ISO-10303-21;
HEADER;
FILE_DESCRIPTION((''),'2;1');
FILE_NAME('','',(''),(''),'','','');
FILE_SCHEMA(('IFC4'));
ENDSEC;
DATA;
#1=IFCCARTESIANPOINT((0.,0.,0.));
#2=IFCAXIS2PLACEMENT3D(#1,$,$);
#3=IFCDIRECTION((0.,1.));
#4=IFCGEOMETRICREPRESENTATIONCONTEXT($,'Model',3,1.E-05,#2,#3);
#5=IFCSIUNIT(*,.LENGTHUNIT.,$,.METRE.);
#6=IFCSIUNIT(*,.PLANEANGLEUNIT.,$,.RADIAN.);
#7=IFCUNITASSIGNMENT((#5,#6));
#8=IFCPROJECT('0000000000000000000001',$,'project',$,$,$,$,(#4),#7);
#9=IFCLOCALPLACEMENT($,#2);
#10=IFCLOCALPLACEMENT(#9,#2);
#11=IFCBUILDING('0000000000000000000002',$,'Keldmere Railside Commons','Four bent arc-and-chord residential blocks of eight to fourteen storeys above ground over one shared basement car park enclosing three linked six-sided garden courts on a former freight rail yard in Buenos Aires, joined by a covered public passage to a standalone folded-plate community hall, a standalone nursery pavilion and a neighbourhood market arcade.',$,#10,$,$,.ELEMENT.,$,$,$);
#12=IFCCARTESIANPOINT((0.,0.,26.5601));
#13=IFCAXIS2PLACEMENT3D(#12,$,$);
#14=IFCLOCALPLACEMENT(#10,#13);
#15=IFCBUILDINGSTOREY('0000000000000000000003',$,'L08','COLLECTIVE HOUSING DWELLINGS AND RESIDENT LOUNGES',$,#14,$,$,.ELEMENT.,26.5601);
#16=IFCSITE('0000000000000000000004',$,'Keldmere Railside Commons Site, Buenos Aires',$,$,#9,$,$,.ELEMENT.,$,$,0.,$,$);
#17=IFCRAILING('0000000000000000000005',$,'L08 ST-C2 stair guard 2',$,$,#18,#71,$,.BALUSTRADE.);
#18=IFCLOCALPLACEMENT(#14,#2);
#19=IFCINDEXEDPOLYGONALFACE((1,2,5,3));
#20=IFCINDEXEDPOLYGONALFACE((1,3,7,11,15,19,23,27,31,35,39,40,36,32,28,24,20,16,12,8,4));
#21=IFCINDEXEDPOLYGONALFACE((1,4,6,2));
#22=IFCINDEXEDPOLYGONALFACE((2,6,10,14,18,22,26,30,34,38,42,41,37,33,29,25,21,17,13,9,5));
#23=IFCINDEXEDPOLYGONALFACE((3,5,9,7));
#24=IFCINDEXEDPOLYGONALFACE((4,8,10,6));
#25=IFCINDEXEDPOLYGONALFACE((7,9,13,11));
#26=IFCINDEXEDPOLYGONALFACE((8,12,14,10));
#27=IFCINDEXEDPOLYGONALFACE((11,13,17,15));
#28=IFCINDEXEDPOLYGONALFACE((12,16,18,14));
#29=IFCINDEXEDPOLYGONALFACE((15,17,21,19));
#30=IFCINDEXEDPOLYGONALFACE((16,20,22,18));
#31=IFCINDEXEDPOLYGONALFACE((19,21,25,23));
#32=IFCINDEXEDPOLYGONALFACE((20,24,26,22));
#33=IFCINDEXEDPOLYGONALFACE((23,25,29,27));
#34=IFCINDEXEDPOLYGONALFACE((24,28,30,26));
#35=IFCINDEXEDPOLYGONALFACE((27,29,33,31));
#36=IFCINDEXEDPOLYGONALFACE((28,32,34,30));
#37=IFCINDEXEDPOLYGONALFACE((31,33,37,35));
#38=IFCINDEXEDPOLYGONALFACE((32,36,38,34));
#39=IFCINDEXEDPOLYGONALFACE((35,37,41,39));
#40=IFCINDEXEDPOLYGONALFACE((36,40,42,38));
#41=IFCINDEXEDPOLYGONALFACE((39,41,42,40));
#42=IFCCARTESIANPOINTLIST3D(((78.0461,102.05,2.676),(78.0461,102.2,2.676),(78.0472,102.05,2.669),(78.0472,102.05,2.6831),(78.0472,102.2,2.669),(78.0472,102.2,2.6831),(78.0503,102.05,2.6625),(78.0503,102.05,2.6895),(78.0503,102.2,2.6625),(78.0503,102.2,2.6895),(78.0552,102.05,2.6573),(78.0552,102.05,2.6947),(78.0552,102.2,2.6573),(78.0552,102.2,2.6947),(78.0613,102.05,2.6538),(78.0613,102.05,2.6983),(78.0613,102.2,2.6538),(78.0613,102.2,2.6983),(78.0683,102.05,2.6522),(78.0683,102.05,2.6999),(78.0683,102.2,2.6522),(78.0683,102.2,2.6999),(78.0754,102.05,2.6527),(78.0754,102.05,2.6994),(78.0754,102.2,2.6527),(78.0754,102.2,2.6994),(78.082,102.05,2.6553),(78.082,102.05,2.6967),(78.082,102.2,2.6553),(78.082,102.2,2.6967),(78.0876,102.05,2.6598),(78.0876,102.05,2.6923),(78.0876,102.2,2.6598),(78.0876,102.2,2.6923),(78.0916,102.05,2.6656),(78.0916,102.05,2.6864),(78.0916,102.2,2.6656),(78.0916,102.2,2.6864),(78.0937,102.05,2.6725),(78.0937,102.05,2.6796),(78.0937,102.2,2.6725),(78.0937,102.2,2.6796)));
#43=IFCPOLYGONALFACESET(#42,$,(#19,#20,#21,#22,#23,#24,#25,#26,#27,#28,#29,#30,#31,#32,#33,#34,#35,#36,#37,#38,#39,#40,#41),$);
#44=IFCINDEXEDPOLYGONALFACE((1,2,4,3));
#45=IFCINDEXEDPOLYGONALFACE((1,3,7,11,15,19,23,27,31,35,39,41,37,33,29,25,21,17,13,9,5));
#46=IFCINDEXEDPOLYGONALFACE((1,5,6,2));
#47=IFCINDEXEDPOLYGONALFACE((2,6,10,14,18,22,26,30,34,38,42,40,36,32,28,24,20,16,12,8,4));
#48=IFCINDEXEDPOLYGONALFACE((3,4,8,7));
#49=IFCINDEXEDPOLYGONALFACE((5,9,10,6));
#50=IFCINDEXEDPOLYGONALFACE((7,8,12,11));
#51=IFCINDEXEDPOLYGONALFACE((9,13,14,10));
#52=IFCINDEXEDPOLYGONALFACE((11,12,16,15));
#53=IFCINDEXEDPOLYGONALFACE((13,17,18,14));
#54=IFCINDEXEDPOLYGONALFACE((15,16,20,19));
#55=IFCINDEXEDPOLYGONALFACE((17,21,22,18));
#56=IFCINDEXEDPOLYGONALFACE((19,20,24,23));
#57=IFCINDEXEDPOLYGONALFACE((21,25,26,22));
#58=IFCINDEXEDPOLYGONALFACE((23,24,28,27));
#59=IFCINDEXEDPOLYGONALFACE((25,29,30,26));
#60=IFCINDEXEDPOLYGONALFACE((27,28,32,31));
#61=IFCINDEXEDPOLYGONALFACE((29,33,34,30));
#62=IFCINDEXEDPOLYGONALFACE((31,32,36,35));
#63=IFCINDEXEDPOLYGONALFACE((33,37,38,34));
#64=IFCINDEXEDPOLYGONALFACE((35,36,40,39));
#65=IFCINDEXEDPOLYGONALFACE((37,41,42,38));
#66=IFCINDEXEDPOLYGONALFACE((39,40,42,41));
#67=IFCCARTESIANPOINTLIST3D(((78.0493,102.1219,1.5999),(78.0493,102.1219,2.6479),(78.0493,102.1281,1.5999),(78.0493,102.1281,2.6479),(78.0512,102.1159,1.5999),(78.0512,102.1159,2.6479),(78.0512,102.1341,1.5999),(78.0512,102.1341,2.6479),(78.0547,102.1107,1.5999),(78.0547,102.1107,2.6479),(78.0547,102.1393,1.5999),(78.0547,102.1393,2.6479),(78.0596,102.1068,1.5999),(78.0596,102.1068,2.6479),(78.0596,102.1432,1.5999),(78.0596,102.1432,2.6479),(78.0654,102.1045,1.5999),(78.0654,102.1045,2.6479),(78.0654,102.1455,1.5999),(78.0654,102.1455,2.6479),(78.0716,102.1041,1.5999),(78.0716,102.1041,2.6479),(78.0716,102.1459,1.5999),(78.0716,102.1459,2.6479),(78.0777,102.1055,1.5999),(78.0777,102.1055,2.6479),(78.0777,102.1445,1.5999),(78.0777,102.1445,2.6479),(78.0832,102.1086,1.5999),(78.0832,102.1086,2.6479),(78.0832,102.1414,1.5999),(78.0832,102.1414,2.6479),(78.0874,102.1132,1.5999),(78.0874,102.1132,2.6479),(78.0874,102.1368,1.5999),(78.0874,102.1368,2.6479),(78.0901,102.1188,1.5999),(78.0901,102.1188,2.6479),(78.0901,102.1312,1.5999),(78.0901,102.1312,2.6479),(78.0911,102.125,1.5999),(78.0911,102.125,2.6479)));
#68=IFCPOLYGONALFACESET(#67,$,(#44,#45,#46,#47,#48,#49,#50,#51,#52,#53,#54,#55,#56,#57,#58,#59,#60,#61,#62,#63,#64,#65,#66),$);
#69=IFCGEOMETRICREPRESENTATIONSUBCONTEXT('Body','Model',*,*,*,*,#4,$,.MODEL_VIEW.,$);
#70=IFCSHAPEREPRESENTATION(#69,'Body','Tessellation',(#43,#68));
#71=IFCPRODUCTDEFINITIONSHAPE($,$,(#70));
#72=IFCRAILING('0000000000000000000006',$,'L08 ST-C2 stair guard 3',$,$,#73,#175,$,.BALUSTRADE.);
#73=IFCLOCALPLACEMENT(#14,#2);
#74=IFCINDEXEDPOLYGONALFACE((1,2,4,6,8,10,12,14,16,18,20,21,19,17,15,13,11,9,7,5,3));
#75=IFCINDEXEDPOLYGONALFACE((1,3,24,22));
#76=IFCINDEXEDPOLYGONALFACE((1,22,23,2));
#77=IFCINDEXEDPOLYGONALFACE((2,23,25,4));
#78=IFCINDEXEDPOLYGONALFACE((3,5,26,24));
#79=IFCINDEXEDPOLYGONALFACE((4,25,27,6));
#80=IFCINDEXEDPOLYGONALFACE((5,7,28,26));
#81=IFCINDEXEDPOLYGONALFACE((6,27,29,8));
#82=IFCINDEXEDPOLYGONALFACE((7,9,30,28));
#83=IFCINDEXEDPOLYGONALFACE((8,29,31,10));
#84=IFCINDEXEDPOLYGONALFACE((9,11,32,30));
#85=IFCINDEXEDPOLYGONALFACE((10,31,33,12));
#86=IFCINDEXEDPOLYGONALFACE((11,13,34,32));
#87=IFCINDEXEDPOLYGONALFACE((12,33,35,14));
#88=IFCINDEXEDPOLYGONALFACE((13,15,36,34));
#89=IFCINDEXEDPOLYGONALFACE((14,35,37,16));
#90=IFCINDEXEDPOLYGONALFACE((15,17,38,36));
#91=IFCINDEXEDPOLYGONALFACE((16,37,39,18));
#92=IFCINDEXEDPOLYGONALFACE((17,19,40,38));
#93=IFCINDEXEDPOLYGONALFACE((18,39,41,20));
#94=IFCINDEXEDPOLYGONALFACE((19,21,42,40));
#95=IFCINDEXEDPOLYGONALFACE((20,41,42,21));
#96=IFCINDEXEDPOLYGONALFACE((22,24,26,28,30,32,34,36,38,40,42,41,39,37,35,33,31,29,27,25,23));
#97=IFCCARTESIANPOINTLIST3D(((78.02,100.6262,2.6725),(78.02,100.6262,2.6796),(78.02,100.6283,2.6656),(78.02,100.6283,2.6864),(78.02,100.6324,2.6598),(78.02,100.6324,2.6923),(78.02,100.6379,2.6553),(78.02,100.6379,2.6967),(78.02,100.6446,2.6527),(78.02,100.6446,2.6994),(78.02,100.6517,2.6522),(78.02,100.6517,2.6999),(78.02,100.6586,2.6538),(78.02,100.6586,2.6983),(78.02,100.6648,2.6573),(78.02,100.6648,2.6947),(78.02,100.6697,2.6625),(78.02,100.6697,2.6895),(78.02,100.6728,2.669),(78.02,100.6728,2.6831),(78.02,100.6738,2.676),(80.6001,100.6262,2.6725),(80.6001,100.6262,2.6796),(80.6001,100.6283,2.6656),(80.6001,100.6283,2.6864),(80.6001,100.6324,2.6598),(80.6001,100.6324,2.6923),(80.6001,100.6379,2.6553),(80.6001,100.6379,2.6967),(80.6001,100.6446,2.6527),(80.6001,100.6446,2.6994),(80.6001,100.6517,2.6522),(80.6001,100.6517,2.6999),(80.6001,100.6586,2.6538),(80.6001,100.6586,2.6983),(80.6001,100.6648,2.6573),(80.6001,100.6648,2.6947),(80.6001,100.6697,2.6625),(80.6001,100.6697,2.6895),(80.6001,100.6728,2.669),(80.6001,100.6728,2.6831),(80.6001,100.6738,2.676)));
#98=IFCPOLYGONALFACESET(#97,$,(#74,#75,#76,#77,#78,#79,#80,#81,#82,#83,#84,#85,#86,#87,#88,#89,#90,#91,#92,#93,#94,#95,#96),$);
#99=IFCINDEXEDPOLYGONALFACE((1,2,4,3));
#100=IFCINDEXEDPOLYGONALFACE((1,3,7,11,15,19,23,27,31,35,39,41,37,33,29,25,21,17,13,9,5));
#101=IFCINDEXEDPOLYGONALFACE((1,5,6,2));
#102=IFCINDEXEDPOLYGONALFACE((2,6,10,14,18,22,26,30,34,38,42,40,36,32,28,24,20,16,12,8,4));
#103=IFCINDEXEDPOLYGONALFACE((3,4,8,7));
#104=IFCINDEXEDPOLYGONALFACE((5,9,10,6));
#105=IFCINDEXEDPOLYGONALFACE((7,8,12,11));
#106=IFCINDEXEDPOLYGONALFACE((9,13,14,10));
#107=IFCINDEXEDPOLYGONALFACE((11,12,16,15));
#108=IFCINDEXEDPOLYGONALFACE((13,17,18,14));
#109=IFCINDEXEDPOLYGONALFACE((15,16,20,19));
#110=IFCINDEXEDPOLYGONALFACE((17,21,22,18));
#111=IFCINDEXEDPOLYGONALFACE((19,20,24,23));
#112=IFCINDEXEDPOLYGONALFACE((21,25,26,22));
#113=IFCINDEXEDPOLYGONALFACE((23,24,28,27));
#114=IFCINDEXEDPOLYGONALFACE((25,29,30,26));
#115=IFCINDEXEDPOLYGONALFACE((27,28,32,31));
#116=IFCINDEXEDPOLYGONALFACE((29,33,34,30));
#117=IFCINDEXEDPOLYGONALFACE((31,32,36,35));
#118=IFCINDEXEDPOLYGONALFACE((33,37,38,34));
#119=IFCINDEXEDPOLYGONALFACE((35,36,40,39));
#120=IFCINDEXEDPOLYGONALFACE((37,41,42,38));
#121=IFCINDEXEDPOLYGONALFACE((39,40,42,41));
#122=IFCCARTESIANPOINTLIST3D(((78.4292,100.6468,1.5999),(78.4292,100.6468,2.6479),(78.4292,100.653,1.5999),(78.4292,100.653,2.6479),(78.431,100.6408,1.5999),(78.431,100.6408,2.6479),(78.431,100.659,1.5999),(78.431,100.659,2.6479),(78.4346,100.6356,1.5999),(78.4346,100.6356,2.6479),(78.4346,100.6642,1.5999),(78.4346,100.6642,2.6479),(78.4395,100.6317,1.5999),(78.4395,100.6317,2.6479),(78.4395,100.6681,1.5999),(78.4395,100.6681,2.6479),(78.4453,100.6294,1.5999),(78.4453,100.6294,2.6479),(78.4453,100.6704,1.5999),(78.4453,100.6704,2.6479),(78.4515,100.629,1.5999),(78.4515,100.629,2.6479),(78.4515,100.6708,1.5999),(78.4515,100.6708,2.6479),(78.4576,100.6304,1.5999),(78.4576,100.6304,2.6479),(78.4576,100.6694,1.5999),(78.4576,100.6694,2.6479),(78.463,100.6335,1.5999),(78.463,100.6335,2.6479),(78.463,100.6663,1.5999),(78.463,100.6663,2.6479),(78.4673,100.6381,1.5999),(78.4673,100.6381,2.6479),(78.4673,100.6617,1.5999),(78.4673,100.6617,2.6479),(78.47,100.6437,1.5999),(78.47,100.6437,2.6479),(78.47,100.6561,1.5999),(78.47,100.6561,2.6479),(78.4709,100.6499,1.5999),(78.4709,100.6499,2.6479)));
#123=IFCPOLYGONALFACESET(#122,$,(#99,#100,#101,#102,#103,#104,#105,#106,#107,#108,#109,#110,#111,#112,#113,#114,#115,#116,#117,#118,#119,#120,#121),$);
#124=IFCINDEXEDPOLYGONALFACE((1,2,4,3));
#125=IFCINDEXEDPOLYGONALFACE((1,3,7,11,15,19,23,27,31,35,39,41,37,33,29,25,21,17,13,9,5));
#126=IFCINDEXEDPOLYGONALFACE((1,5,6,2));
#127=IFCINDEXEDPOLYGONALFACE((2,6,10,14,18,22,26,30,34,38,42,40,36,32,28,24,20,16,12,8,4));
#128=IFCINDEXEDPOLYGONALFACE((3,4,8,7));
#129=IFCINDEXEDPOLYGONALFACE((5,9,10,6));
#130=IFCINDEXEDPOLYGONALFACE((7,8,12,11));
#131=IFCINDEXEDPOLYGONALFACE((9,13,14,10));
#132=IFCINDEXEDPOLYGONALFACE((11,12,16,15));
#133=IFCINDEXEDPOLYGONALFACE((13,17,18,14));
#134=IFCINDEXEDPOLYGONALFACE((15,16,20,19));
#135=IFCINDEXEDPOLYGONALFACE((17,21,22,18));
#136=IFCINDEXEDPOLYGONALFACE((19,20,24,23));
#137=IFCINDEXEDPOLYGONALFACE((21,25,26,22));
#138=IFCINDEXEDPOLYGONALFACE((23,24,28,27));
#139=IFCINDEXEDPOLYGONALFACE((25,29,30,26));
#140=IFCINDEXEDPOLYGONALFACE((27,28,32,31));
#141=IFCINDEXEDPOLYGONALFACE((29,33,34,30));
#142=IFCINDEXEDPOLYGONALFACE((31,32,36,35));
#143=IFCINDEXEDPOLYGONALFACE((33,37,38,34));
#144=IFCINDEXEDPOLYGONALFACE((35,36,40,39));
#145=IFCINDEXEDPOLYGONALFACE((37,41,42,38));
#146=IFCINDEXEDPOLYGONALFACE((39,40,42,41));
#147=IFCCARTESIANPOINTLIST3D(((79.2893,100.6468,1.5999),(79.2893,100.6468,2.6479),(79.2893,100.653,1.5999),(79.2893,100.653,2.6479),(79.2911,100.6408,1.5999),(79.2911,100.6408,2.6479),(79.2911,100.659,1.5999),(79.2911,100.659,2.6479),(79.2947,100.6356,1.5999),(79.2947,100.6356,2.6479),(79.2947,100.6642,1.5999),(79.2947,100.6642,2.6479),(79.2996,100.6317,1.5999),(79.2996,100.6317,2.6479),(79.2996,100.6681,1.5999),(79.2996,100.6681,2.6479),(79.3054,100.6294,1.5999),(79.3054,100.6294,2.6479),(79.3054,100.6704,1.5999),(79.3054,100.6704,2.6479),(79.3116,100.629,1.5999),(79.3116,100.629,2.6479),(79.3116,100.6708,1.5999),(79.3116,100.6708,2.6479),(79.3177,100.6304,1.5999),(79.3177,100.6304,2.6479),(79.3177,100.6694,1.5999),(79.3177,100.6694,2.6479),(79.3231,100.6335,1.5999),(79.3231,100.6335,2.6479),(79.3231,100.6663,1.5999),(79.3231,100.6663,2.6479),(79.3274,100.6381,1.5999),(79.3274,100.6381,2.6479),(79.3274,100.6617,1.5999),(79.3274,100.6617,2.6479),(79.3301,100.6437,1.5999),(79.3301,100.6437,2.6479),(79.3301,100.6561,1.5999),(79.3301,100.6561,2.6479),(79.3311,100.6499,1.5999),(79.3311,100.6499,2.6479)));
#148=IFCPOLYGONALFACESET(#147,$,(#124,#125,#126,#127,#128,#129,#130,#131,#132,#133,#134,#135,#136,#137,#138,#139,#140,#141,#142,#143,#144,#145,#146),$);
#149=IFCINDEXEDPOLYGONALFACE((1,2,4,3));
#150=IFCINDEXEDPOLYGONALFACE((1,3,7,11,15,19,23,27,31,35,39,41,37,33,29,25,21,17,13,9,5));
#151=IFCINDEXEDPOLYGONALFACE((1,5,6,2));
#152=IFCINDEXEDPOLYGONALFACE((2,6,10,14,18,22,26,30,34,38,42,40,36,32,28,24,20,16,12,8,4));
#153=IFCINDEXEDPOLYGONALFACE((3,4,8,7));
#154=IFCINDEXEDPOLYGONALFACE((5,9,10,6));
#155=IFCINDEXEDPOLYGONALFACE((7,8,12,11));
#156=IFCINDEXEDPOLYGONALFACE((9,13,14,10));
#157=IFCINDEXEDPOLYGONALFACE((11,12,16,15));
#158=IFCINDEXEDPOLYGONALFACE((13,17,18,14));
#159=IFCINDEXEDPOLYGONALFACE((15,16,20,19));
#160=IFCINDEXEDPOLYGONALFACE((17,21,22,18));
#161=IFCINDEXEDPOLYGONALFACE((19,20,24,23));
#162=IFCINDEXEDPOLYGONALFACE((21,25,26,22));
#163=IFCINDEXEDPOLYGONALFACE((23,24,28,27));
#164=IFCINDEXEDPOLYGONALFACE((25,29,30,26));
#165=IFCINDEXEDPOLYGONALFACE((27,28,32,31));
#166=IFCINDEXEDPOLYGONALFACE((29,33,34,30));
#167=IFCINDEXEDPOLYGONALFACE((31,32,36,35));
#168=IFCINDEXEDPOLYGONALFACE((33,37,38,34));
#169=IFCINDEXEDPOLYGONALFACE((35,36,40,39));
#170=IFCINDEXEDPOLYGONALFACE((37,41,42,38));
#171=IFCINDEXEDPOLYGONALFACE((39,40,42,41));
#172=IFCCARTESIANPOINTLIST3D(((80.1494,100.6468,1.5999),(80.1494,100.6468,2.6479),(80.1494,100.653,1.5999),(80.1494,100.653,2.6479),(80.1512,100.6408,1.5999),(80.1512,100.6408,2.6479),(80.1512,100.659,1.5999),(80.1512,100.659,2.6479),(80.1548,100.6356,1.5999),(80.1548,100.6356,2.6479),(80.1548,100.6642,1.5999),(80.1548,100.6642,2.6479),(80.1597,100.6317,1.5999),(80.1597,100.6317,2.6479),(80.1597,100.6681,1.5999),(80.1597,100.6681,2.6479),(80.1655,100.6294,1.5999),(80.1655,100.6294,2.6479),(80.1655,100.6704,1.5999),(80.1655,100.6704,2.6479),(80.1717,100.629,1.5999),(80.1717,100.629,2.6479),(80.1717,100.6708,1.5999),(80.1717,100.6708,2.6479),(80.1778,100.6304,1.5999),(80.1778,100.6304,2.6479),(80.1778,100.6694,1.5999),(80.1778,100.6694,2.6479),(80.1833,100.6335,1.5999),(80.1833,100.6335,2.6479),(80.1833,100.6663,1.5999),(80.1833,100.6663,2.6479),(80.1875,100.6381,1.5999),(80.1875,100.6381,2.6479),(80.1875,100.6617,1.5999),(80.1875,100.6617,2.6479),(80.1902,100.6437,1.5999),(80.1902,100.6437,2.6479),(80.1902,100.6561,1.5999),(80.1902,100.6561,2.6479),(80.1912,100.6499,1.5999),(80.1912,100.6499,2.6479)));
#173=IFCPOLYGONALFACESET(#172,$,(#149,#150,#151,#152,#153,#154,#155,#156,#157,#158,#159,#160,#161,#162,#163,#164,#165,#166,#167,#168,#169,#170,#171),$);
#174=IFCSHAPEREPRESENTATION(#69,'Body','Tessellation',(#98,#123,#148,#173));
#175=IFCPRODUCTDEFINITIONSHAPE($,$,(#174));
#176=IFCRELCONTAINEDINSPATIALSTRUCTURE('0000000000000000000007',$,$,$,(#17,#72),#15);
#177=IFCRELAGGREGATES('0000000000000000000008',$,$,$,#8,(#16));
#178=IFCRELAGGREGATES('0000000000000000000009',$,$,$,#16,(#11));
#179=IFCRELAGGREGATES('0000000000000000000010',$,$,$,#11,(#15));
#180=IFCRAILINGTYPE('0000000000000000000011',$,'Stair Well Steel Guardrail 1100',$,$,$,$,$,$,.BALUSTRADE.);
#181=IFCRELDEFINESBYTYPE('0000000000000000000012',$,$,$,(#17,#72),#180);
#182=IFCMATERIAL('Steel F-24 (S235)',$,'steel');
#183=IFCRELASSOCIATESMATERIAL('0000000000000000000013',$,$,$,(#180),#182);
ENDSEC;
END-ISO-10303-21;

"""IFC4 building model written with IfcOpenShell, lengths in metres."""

from ifc_helpers import new_model, si_unit, direction, frame, origin, origin_2d, place, context, subcontext, project, spatial, circle, extrude, material, type_object, element, save


model = new_model("IFC4")

# Units and contexts
model_context = context("Model", 3, precision=1e-05, world=origin(), true_north=direction((0.0, 1.0)))
body_context = subcontext(model_context, "Body", "Model", "MODEL_VIEW")
ifc_project = project(units=[si_unit("LENGTHUNIT", "METRE"), si_unit("PLANEANGLEUNIT", "RADIAN")], contexts=[model_context])

# Site, building, storey
site_placement = place(None, origin())
site = spatial("IfcSite", under=ifc_project, at=site_placement, Name="Keldmere Railside Commons Site, Buenos Aires", CompositionType="ELEMENT", RefElevation=0.0)
building_placement = place(site_placement, origin())
building = spatial("IfcBuilding", under=site, at=building_placement, Name="Keldmere Railside Commons", Description="Four bent arc-and-chord residential blocks of eight to fourteen storeys above ground over one shared basement car park enclosing three linked six-sided garden courts on a former freight rail yard in Buenos Aires, joined by a covered public passage to a standalone folded-plate community hall, a standalone nursery pavilion and a neighbourhood market arcade.", CompositionType="ELEMENT")
storey_placement = place(building_placement, frame((0.0, 0.0, 26.5601)))
storey = spatial("IfcBuildingStorey", under=building, at=storey_placement, Name="L08", Description="COLLECTIVE HOUSING DWELLINGS AND RESIDENT LOUNGES", CompositionType="ELEMENT", Elevation=26.5601)

# Shared definitions
ifc_material_1 = material(Name="Steel F-24 (S235)", Category="steel")

# Railings
railing_type_1 = type_object("IfcRailingType", Name="Stair Well Steel Guardrail 1100", PredefinedType="BALUSTRADE", material=ifc_material_1)
railing_1_placement = place(storey_placement, frame((78.0701, 102.05, 1.5999)))
element("IfcRailing", 1, at=railing_1_placement, inside=storey, type_object=railing_type_1, Name="L08 ST-C2 stair guard 2", PredefinedType="BALUSTRADE", context=body_context, shape_type="SweptSolid", body=[
    extrude(circle(Radius=0.0239, at=origin_2d()), frame((0.0, 0.0, 1.0762), z_axis=(0.0, 1.0, 0.0), x_axis=(-1.0, 0.0, 0.0)), (0.0, 0.0, 1.0), 0.1499),
    extrude(circle(Radius=0.021, at=origin_2d()), frame((0.0, 0.075, 0.0)), (0.0, 0.0, 1.0), 1.0481),
])
for number, where, name in (
    (2, (78.02, 100.6499, 1.5999), "L08 ST-C2 stair guard 3"),
):
    element("IfcRailing", number, at=place(storey_placement, frame(where)), inside=storey, type_object=railing_type_1, Name=name, PredefinedType="BALUSTRADE", context=body_context, shape_type="SweptSolid", body=[
        extrude(circle(Radius=0.0239, at=origin_2d()), frame((0.0, 0.0, 1.0762), z_axis=(1.0, 0.0, 0.0), x_axis=(0.0, 1.0, 0.0)), (0.0, 0.0, 1.0), 2.5801),
        extrude(circle(Radius=0.021, at=origin_2d()), frame((0.4299, 0.0, 0.0)), (0.0, 0.0, 1.0), 1.0481),
        extrude(circle(Radius=0.021, at=origin_2d()), frame((1.29, 0.0, 0.0)), (0.0, 0.0, 1.0), 1.0481),
        extrude(circle(Radius=0.021, at=origin_2d()), frame((2.1501, 0.0, 0.0)), (0.0, 0.0, 1.0), 1.0481),
    ])

save(model, "model.ifc")
